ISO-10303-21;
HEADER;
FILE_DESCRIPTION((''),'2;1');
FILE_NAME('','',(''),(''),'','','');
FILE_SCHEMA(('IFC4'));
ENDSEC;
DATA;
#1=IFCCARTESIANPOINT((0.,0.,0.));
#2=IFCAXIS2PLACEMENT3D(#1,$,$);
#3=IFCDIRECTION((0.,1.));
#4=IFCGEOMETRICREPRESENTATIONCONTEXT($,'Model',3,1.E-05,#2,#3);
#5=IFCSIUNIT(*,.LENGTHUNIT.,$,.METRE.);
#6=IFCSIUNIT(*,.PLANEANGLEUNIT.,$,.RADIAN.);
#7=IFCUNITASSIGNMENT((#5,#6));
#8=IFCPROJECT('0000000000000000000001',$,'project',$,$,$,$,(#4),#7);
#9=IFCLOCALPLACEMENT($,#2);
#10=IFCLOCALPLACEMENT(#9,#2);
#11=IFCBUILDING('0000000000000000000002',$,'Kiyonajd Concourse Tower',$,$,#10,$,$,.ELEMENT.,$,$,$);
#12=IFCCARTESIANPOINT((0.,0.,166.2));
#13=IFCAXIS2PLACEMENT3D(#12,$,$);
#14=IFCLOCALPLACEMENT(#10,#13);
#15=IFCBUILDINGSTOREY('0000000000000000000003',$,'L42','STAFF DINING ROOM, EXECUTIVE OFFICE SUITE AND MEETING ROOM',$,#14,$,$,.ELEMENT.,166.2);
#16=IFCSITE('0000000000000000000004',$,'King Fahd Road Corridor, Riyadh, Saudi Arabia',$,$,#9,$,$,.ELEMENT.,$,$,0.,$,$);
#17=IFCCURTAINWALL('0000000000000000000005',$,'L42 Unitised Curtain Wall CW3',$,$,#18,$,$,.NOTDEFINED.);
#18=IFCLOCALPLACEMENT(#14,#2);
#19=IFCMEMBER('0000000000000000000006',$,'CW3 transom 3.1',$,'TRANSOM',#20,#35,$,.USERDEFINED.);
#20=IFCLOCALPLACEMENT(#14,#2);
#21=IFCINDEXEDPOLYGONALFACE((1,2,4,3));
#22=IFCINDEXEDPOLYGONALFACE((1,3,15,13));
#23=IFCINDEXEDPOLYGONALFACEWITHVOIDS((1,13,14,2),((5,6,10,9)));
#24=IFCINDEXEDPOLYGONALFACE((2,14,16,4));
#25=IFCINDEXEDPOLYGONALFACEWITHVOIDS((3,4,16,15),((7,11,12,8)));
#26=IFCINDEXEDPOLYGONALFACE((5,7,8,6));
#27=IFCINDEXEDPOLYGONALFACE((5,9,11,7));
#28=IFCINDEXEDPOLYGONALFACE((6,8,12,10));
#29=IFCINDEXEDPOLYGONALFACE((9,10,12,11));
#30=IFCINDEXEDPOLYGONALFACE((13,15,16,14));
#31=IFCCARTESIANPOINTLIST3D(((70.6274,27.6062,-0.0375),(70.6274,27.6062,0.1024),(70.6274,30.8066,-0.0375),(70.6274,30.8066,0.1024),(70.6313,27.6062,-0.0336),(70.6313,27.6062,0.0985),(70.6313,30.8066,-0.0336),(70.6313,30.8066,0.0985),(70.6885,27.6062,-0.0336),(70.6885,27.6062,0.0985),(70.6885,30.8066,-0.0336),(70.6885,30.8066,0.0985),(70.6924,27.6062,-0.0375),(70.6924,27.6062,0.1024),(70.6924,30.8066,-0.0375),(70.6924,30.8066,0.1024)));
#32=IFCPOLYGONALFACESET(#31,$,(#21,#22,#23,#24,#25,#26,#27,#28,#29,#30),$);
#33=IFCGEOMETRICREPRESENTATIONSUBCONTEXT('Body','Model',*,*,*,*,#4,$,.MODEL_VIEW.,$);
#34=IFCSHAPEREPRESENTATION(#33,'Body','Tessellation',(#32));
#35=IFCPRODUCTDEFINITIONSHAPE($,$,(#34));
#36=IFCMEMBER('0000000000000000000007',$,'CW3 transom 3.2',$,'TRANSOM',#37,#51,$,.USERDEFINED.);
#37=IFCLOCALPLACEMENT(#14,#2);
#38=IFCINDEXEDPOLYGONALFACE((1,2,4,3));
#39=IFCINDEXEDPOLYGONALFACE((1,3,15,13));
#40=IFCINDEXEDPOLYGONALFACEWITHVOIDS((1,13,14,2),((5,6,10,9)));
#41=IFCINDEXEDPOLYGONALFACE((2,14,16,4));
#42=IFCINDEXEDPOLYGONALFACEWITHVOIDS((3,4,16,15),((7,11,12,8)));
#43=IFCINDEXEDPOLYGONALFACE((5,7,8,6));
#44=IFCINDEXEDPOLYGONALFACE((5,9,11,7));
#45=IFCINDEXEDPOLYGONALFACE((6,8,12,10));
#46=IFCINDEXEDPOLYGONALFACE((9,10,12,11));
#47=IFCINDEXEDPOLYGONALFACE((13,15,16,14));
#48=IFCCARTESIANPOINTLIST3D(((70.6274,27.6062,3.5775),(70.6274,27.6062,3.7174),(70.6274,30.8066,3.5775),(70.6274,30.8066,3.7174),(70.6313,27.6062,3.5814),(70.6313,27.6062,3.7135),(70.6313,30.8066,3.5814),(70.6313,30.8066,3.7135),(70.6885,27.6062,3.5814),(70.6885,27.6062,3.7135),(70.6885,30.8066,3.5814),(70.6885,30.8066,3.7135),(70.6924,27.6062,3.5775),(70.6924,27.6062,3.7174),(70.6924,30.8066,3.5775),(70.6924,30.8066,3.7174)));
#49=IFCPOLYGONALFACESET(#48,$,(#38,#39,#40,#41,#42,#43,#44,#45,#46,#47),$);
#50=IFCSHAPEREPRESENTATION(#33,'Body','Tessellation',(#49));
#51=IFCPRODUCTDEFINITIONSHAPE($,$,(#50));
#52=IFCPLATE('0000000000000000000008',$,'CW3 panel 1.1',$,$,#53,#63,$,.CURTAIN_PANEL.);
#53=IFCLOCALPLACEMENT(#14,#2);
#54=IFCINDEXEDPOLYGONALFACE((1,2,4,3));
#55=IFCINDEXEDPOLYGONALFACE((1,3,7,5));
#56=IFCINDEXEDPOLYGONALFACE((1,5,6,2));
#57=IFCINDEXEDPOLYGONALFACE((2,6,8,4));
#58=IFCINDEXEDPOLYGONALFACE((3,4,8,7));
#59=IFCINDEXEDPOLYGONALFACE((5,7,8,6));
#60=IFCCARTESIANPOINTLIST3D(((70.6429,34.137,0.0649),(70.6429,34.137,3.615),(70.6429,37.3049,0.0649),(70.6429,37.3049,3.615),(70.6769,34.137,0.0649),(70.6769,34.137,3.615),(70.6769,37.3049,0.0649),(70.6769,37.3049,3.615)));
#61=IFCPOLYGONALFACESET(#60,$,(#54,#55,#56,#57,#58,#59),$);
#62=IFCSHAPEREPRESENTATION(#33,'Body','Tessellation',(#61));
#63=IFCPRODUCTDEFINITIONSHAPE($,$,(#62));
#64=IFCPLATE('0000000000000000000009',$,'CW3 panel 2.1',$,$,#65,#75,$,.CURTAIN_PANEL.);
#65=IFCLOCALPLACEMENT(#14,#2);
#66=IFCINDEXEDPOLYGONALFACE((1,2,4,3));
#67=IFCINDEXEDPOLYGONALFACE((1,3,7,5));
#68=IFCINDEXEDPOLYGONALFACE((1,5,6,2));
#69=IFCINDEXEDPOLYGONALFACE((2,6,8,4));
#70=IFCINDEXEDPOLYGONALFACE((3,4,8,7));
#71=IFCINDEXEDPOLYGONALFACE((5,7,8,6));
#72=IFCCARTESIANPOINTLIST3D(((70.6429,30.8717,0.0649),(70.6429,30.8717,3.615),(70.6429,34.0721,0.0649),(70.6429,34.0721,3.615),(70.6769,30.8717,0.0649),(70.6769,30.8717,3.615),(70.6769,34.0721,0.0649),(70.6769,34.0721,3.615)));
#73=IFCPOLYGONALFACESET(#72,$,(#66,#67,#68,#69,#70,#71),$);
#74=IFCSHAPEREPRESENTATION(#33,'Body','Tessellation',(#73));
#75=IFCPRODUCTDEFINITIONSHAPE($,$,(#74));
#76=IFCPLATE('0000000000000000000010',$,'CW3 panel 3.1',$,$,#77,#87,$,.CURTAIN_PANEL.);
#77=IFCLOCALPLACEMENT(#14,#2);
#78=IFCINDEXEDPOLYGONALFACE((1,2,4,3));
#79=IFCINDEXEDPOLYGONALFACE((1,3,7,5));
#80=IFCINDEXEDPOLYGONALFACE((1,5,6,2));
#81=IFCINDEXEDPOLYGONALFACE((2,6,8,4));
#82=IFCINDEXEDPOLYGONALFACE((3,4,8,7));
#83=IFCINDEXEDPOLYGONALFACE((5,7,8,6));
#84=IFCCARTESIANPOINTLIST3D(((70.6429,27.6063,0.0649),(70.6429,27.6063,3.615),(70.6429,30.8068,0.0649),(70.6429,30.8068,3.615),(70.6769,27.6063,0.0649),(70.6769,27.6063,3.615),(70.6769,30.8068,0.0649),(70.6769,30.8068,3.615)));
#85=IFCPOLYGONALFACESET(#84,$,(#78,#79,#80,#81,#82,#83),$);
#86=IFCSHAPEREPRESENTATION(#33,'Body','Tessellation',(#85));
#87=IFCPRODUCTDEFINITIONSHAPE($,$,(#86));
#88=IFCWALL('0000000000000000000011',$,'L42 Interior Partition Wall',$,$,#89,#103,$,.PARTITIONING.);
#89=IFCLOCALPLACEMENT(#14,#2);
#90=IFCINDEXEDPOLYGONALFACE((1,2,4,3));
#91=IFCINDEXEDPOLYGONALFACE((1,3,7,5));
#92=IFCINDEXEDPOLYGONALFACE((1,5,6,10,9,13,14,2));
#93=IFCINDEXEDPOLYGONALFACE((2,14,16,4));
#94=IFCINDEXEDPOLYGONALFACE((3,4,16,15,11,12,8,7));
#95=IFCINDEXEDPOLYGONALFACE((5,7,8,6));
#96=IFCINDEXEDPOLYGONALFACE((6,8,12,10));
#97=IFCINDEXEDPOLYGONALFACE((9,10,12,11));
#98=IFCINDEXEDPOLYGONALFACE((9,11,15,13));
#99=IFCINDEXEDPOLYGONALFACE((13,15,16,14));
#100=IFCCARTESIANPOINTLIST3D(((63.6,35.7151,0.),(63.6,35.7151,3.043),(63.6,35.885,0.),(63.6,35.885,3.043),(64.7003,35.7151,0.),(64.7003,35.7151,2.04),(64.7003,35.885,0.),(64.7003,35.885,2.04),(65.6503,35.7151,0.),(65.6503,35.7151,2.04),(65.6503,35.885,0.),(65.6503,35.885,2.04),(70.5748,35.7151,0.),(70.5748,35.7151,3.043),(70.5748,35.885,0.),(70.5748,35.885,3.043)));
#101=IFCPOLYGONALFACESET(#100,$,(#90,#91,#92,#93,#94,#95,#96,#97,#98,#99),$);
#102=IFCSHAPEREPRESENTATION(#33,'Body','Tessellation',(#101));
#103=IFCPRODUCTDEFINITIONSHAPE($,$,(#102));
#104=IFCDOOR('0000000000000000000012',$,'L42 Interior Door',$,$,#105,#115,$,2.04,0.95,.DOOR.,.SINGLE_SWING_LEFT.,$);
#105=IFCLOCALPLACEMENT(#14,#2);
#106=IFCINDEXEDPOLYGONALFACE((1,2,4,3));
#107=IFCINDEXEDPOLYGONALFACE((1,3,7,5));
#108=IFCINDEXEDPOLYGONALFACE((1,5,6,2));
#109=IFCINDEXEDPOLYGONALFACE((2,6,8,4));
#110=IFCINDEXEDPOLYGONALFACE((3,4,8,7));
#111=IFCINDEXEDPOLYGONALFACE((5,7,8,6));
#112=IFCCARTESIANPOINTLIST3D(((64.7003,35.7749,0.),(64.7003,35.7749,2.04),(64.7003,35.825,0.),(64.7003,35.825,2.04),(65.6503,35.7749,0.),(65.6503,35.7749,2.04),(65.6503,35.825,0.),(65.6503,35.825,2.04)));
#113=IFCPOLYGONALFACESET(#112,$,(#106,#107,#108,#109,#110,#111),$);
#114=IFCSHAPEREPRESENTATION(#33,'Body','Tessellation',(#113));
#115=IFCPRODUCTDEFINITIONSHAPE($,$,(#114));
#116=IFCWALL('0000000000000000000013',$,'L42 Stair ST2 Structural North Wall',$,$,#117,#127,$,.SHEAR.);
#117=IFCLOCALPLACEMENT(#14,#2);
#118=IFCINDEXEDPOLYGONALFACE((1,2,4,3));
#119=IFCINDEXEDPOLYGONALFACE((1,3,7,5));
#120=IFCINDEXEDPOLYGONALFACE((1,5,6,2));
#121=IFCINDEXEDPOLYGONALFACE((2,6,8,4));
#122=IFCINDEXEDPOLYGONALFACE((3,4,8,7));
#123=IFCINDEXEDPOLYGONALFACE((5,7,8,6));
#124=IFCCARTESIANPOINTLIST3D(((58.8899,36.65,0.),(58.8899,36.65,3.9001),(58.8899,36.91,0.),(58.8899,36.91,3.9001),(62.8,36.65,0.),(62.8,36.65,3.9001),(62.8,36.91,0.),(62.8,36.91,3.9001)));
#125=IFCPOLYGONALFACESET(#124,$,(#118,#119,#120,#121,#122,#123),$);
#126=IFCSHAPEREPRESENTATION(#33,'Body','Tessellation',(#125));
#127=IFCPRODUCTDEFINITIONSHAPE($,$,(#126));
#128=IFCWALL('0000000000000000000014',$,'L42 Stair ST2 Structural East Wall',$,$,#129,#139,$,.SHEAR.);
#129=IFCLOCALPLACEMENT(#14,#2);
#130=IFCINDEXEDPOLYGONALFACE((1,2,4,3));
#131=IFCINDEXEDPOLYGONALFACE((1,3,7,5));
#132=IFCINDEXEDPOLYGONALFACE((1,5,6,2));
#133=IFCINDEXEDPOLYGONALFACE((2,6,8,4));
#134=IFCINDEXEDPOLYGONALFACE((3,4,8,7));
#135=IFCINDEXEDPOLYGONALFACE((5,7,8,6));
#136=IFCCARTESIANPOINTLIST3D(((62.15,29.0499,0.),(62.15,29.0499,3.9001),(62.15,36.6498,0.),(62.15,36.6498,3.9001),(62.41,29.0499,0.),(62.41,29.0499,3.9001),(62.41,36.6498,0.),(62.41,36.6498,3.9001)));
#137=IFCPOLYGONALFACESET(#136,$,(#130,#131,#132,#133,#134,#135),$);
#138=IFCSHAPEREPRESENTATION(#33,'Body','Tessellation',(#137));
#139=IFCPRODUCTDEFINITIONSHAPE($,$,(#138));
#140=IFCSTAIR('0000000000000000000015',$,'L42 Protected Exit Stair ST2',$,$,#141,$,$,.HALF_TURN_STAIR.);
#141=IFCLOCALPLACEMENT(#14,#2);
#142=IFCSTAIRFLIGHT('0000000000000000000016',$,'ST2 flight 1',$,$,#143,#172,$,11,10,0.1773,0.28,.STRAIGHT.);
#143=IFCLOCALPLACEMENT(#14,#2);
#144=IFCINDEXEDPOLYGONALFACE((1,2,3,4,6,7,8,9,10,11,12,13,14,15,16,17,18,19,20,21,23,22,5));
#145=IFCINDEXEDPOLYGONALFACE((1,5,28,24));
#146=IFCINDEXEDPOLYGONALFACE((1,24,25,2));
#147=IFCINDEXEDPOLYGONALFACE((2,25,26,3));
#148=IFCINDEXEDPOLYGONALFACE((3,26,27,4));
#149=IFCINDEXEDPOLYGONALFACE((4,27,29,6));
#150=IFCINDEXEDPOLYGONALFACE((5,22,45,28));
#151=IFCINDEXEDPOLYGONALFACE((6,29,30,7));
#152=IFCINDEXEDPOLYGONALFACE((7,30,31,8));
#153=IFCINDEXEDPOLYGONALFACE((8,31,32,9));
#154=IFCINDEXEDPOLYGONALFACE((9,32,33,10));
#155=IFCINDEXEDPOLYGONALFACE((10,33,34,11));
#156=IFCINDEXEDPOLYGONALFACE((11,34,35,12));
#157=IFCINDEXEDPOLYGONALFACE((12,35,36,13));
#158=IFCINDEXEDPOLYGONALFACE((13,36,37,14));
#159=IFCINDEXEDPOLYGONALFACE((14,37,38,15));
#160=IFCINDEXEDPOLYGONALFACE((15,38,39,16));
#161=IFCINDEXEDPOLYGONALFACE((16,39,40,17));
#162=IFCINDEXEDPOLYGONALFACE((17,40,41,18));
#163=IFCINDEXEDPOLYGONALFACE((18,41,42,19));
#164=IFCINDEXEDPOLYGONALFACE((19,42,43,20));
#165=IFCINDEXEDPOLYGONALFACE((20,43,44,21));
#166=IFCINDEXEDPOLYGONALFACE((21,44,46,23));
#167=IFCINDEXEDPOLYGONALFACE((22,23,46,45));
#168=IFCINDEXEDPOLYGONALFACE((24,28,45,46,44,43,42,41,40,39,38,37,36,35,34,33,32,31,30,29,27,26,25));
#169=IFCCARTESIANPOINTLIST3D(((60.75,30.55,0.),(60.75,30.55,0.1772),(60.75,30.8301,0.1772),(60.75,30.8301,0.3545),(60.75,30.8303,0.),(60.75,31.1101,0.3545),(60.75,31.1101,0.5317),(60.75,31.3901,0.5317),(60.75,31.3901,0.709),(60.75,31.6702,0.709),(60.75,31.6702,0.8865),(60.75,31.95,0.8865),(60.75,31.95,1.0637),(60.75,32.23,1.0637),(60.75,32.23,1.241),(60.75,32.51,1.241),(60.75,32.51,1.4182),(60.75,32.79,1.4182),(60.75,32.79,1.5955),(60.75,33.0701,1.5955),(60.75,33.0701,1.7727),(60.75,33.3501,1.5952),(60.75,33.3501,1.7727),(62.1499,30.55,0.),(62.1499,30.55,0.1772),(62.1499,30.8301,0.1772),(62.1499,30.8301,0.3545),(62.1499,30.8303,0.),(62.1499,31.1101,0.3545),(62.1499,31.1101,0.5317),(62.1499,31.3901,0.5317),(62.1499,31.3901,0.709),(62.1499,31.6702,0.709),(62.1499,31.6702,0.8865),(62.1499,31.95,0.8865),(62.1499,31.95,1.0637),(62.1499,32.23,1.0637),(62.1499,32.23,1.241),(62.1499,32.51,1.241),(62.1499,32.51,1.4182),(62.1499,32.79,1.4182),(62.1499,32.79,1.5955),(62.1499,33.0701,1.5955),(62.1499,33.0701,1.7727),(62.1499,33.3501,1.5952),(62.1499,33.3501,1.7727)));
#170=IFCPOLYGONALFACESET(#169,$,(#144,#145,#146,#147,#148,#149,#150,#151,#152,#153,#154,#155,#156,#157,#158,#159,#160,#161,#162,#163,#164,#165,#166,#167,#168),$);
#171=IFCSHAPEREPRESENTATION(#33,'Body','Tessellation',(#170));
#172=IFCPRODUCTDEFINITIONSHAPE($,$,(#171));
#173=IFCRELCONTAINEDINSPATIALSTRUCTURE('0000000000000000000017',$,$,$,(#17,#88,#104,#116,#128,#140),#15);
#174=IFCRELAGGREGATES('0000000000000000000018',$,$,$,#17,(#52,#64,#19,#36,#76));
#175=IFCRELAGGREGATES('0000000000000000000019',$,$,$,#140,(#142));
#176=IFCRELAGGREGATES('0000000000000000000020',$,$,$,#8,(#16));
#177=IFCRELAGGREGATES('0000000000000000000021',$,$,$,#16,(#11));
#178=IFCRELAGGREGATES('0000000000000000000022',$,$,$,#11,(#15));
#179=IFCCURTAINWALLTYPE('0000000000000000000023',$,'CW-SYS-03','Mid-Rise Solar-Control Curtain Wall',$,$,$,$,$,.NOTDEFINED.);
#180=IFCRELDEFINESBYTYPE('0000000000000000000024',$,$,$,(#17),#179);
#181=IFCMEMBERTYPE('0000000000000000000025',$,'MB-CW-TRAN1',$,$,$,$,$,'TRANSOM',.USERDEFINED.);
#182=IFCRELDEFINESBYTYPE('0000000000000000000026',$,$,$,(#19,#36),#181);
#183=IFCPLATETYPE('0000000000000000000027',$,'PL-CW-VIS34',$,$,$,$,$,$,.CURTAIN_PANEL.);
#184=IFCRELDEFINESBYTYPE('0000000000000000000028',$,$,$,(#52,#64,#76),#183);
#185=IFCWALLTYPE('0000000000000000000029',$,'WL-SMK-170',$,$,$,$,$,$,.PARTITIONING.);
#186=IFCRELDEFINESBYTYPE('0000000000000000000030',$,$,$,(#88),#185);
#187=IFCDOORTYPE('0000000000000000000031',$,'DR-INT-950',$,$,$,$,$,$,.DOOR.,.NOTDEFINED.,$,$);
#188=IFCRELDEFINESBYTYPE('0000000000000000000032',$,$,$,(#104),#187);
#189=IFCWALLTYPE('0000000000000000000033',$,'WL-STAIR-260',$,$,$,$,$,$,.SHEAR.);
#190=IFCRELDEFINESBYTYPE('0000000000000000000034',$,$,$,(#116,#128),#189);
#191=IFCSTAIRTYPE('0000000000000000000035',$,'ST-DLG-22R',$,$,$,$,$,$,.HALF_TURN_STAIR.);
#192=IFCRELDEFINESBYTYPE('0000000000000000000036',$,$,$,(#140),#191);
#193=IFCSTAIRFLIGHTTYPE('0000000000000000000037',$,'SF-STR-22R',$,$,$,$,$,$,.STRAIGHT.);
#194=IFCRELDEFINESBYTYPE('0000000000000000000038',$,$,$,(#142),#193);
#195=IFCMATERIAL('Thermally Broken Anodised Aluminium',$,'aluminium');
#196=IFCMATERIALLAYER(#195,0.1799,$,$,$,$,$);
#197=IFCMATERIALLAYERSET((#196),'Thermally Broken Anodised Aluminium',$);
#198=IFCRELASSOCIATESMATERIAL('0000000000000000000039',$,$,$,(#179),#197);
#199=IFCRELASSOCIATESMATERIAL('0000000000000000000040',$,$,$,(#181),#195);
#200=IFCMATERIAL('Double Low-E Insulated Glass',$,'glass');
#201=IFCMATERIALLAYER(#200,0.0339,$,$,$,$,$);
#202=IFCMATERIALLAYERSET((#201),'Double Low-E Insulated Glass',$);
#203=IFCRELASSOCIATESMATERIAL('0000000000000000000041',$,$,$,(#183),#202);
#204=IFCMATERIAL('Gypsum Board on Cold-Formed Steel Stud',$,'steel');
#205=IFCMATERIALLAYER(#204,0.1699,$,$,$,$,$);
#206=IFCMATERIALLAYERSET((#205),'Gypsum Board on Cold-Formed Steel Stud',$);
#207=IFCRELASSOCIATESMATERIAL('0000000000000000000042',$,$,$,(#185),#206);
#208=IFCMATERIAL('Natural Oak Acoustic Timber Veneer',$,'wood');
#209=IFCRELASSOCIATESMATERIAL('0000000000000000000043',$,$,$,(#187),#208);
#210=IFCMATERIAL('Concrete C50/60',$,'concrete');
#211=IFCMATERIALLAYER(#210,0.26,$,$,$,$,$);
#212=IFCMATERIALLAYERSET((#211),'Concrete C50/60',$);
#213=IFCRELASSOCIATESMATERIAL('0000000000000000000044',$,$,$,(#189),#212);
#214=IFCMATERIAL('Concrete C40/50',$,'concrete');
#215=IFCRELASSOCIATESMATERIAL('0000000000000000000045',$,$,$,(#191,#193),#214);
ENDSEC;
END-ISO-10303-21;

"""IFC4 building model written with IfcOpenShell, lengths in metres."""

from ifc_helpers import new_model, si_unit, direction, frame, frame_2d, origin, origin_2d, place, context, subcontext, project, spatial, polyline, rectangle, hollow_rectangle, outline, extrude, material, layer, layer_set, material_profile, profile_set, type_object, element, fill, aggregate, save


model = new_model("IFC4")

# Units and contexts
model_context = context("Model", 3, precision=1e-05, world=origin(), true_north=direction((0.0, 1.0)))
body_context = subcontext(model_context, "Body", "Model", "MODEL_VIEW")
ifc_project = project(units=[si_unit("LENGTHUNIT", "METRE"), si_unit("PLANEANGLEUNIT", "RADIAN")], contexts=[model_context])

# Site, building, storey
site_placement = place(None, origin())
site = spatial("IfcSite", under=ifc_project, at=site_placement, Name="King Fahd Road Corridor, Riyadh, Saudi Arabia", CompositionType="ELEMENT", RefElevation=0.0)
building_placement = place(site_placement, origin())
building = spatial("IfcBuilding", under=site, at=building_placement, Name="Kiyonajd Concourse Tower", CompositionType="ELEMENT")
storey_placement = place(building_placement, frame((0.0, 0.0, 166.2)))
storey = spatial("IfcBuildingStorey", under=building, at=storey_placement, Name="L42", Description="STAFF DINING ROOM, EXECUTIVE OFFICE SUITE AND MEETING ROOM", CompositionType="ELEMENT", Elevation=166.2)

# Shared definitions
ifc_material_1 = material(Name="Concrete C50/60", Category="concrete")

# Curtain wall, members, plates
ifc_material_2 = material(Name="Thermally Broken Anodised Aluminium", Category="aluminium")
ifc_layer_1 = layer(ifc_material_2, 0.1799)
ifc_layer_set_1 = layer_set([ifc_layer_1], Name="Thermally Broken Anodised Aluminium")
curtain_wall_type = type_object("IfcCurtainWallType", Name="CW-SYS-03", Description="Mid-Rise Solar-Control Curtain Wall", PredefinedType="NOTDEFINED", material=ifc_layer_set_1)
curtain_wall_placement = place(storey_placement, origin())
curtain_wall = element("IfcCurtainWall", 1, at=curtain_wall_placement, inside=storey, type_object=curtain_wall_type, Name="L42 Unitised Curtain Wall CW3", PredefinedType="NOTDEFINED")
ifc_material_profile_1 = material_profile(ifc_material_2, hollow_rectangle(XDim=0.0649, YDim=0.1399, WallThickness=0.0039, at=origin_2d()), Name="TRAN-65x140")
ifc_profile_set_1 = profile_set([ifc_material_profile_1], Name="Thermally Broken Anodised Aluminium")
member_type_1 = type_object("IfcMemberType", Name="MB-CW-TRAN1", ElementType="TRANSOM", PredefinedType="USERDEFINED", material=ifc_profile_set_1)
member_1_placement = place(storey_placement, frame((70.6599, 30.8066, 0.0325), z_axis=(0.0, -1.0, 0.0), x_axis=(1.0, 0.0, 0.0)))
member_1 = element("IfcMember", 2, at=member_1_placement, type_object=member_type_1, Name="CW3 transom 3.1", ObjectType="TRANSOM", PredefinedType="USERDEFINED", context=body_context, shape_type="SweptSolid", body=[
    extrude(hollow_rectangle(XDim=0.0649, YDim=0.1399, WallThickness=0.0039, at=origin_2d()), origin(), (0.0, 0.0, 1.0), 3.2004),
])
member_2_placement = place(storey_placement, frame((70.6599, 30.8066, 3.6475), z_axis=(0.0, -1.0, 0.0), x_axis=(1.0, 0.0, 0.0)))
member_2 = element("IfcMember", 3, at=member_2_placement, type_object=member_type_1, Name="CW3 transom 3.2", ObjectType="TRANSOM", PredefinedType="USERDEFINED", context=body_context, shape_type="SweptSolid", body=[
    extrude(hollow_rectangle(XDim=0.0649, YDim=0.1399, WallThickness=0.0039, at=origin_2d()), origin(), (0.0, 0.0, 1.0), 3.2004),
])
ifc_material_3 = material(Name="Double Low-E Insulated Glass", Category="glass")
ifc_layer_2 = layer(ifc_material_3, 0.0339)
ifc_layer_set_2 = layer_set([ifc_layer_2], Name="Double Low-E Insulated Glass")
plate_type = type_object("IfcPlateType", Name="PL-CW-VIS34", PredefinedType="CURTAIN_PANEL", material=ifc_layer_set_2)
plate_1_placement = place(storey_placement, frame((70.6599, 35.7209, 0.0649), z_axis=(0.0, 0.0, 1.0), x_axis=(0.0, -1.0, 0.0)))
plate_1 = element("IfcPlate", 4, at=plate_1_placement, type_object=plate_type, Name="CW3 panel 1.1", PredefinedType="CURTAIN_PANEL", context=body_context, shape_type="SweptSolid", body=[
    extrude(rectangle(XDim=3.168, YDim=0.0339, at=origin_2d()), origin(), (0.0, 0.0, 1.0), 3.55),
])
plate_2_placement = place(storey_placement, frame((70.6599, 32.4719, 0.0649), z_axis=(0.0, 0.0, 1.0), x_axis=(0.0, -1.0, 0.0)))
plate_2 = element("IfcPlate", 5, at=plate_2_placement, type_object=plate_type, Name="CW3 panel 2.1", PredefinedType="CURTAIN_PANEL", context=body_context, shape_type="SweptSolid", body=[
    extrude(rectangle(XDim=3.2004, YDim=0.0339, at=origin_2d()), origin(), (0.0, 0.0, 1.0), 3.55),
])
plate_3_placement = place(storey_placement, frame((70.6599, 29.2065, 0.0649), z_axis=(0.0, 0.0, 1.0), x_axis=(0.0, -1.0, 0.0)))
plate_3 = element("IfcPlate", 6, at=plate_3_placement, type_object=plate_type, Name="CW3 panel 3.1", PredefinedType="CURTAIN_PANEL", context=body_context, shape_type="SweptSolid", body=[
    extrude(rectangle(XDim=3.2004, YDim=0.0339, at=origin_2d()), origin(), (0.0, 0.0, 1.0), 3.55),
])
aggregate(curtain_wall, [plate_1, plate_2, member_1, member_2, plate_3])

# Wall, opening, door
ifc_material_4 = material(Name="Gypsum Board on Cold-Formed Steel Stud", Category="steel")
ifc_layer_3 = layer(ifc_material_4, 0.1699)
ifc_layer_set_3 = layer_set([ifc_layer_3], Name="Gypsum Board on Cold-Formed Steel Stud")
wall_type_1 = type_object("IfcWallType", Name="WL-SMK-170", PredefinedType="PARTITIONING", material=ifc_layer_set_3)
wall_1_placement = place(storey_placement, frame((63.6001, 35.8, 0.0), z_axis=(0.0, 0.0, 1.0), x_axis=(1.0, 0.0, 0.0)))
wall_1 = element("IfcWall", 7, at=wall_1_placement, inside=storey, type_object=wall_type_1, Name="L42 Interior Partition Wall", PredefinedType="PARTITIONING", context=body_context, shape_type="SweptSolid", body=[
    extrude(rectangle(XDim=6.9749, YDim=0.1699, at=frame_2d((3.4873, 0.0))), origin(), (0.0, 0.0, 1.0), 3.043),
])
opening_placement = place(wall_1_placement, frame((1.1001, 0.0, 0.0)))
opening = element("IfcOpeningElement", 8, at=opening_placement, cuts=wall_1, PredefinedType="OPENING", context=body_context, shape_type="SweptSolid", body=[
    extrude(rectangle(XDim=0.95, YDim=2.04, at=frame_2d((0.4751, 1.02))), frame((0.0, 0.095, 0.0), z_axis=(0.0, -1.0, 0.0), x_axis=(1.0, 0.0, 0.0)), (0.0, 0.0, 1.0), 0.1899),
])
ifc_material_5 = material(Name="Natural Oak Acoustic Timber Veneer", Category="wood")
door_type = type_object("IfcDoorType", Name="DR-INT-950", OperationType="NOTDEFINED", PredefinedType="DOOR", material=ifc_material_5)
door_placement = place(opening_placement, origin())
door = element("IfcDoor", 9, at=door_placement, inside=storey, type_object=door_type, Name="L42 Interior Door", OperationType="SINGLE_SWING_LEFT", OverallHeight=2.04, OverallWidth=0.95, PredefinedType="DOOR", context=body_context, shape_type="SweptSolid", body=[
    extrude(rectangle(XDim=0.95, YDim=2.04, at=frame_2d((0.4751, 1.02))), frame((0.0, 0.0249, 0.0), z_axis=(0.0, -1.0, 0.0), x_axis=(1.0, 0.0, 0.0)), (0.0, 0.0, 1.0), 0.05),
])
fill(opening, door)

# Walls
ifc_layer_4 = layer(ifc_material_1, 0.26)
ifc_layer_set_4 = layer_set([ifc_layer_4], Name="Concrete C50/60")
wall_type_2 = type_object("IfcWallType", Name="WL-STAIR-260", PredefinedType="SHEAR", material=ifc_layer_set_4)
wall_2_placement = place(storey_placement, frame((58.8899, 36.78, 0.0), z_axis=(0.0, 0.0, 1.0), x_axis=(1.0, 0.0, 0.0)))
element("IfcWall", 10, at=wall_2_placement, inside=storey, type_object=wall_type_2, Name="L42 Stair ST2 Structural North Wall", PredefinedType="SHEAR", context=body_context, shape_type="SweptSolid", body=[
    extrude(rectangle(XDim=3.9102, YDim=0.26, at=frame_2d((1.9551, 0.0))), origin(), (0.0, 0.0, 1.0), 3.9001),
])
wall_3_placement = place(storey_placement, frame((62.28, 29.05, 0.0), z_axis=(0.0, 0.0, 1.0), x_axis=(0.0, 1.0, 0.0)))
element("IfcWall", 11, at=wall_3_placement, inside=storey, type_object=wall_type_2, Name="L42 Stair ST2 Structural East Wall", PredefinedType="SHEAR", context=body_context, shape_type="SweptSolid", body=[
    extrude(rectangle(XDim=7.5999, YDim=0.26, at=frame_2d((3.7998, 0.0))), origin(), (0.0, 0.0, 1.0), 3.9001),
])

# Stair, stair flight
ifc_material_6 = material(Name="Concrete C40/50", Category="concrete")
stair_type = type_object("IfcStairType", Name="ST-DLG-22R", PredefinedType="HALF_TURN_STAIR", material=ifc_material_6)
stair_placement = place(storey_placement, origin())
stair = element("IfcStair", 12, at=stair_placement, inside=storey, type_object=stair_type, Name="L42 Protected Exit Stair ST2", PredefinedType="HALF_TURN_STAIR")
stair_flight_type = type_object("IfcStairFlightType", Name="SF-STR-22R", PredefinedType="STRAIGHT", material=ifc_material_6)
stair_flight_1_placement = place(storey_placement, frame((61.45, 30.55, 0.0), z_axis=(0.0, 0.0, 1.0), x_axis=(0.0, 1.0, 0.0)))
stair_flight_1 = element("IfcStairFlight", 13, at=stair_flight_1_placement, type_object=stair_flight_type, Name="ST2 flight 1", NumberOfRisers=11, NumberOfTreads=10, PredefinedType="STRAIGHT", RiserHeight=0.1773, TreadLength=0.28, context=body_context, shape_type="SweptSolid", body=[
    extrude(outline(polyline([(0.0, 0.0), (0.0, 0.1772), (0.28, 0.1772), (0.28, 0.3545), (0.5601, 0.3545), (0.5601, 0.5317), (0.8401, 0.5317), (0.8401, 0.709), (1.1201, 0.709), (1.1201, 0.8865), (1.3999, 0.8865), (1.3999, 1.0637), (1.6799, 1.0637), (1.6799, 1.241), (1.96, 1.241), (1.96, 1.4182), (2.24, 1.4182), (2.24, 1.5955), (2.52, 1.5955), (2.52, 1.7727), (2.8, 1.7727), (2.8, 1.95), (2.8, 1.5952), (0.2803, 0.0), (0.0, 0.0)])), frame((0.0, 0.7, 0.0), z_axis=(0.0, -1.0, 0.0), x_axis=(1.0, 0.0, 0.0)), (0.0, 0.0, 1.0), 1.3999),
])
aggregate(stair, [stair_flight_1])

save(model, "model.ifc")
